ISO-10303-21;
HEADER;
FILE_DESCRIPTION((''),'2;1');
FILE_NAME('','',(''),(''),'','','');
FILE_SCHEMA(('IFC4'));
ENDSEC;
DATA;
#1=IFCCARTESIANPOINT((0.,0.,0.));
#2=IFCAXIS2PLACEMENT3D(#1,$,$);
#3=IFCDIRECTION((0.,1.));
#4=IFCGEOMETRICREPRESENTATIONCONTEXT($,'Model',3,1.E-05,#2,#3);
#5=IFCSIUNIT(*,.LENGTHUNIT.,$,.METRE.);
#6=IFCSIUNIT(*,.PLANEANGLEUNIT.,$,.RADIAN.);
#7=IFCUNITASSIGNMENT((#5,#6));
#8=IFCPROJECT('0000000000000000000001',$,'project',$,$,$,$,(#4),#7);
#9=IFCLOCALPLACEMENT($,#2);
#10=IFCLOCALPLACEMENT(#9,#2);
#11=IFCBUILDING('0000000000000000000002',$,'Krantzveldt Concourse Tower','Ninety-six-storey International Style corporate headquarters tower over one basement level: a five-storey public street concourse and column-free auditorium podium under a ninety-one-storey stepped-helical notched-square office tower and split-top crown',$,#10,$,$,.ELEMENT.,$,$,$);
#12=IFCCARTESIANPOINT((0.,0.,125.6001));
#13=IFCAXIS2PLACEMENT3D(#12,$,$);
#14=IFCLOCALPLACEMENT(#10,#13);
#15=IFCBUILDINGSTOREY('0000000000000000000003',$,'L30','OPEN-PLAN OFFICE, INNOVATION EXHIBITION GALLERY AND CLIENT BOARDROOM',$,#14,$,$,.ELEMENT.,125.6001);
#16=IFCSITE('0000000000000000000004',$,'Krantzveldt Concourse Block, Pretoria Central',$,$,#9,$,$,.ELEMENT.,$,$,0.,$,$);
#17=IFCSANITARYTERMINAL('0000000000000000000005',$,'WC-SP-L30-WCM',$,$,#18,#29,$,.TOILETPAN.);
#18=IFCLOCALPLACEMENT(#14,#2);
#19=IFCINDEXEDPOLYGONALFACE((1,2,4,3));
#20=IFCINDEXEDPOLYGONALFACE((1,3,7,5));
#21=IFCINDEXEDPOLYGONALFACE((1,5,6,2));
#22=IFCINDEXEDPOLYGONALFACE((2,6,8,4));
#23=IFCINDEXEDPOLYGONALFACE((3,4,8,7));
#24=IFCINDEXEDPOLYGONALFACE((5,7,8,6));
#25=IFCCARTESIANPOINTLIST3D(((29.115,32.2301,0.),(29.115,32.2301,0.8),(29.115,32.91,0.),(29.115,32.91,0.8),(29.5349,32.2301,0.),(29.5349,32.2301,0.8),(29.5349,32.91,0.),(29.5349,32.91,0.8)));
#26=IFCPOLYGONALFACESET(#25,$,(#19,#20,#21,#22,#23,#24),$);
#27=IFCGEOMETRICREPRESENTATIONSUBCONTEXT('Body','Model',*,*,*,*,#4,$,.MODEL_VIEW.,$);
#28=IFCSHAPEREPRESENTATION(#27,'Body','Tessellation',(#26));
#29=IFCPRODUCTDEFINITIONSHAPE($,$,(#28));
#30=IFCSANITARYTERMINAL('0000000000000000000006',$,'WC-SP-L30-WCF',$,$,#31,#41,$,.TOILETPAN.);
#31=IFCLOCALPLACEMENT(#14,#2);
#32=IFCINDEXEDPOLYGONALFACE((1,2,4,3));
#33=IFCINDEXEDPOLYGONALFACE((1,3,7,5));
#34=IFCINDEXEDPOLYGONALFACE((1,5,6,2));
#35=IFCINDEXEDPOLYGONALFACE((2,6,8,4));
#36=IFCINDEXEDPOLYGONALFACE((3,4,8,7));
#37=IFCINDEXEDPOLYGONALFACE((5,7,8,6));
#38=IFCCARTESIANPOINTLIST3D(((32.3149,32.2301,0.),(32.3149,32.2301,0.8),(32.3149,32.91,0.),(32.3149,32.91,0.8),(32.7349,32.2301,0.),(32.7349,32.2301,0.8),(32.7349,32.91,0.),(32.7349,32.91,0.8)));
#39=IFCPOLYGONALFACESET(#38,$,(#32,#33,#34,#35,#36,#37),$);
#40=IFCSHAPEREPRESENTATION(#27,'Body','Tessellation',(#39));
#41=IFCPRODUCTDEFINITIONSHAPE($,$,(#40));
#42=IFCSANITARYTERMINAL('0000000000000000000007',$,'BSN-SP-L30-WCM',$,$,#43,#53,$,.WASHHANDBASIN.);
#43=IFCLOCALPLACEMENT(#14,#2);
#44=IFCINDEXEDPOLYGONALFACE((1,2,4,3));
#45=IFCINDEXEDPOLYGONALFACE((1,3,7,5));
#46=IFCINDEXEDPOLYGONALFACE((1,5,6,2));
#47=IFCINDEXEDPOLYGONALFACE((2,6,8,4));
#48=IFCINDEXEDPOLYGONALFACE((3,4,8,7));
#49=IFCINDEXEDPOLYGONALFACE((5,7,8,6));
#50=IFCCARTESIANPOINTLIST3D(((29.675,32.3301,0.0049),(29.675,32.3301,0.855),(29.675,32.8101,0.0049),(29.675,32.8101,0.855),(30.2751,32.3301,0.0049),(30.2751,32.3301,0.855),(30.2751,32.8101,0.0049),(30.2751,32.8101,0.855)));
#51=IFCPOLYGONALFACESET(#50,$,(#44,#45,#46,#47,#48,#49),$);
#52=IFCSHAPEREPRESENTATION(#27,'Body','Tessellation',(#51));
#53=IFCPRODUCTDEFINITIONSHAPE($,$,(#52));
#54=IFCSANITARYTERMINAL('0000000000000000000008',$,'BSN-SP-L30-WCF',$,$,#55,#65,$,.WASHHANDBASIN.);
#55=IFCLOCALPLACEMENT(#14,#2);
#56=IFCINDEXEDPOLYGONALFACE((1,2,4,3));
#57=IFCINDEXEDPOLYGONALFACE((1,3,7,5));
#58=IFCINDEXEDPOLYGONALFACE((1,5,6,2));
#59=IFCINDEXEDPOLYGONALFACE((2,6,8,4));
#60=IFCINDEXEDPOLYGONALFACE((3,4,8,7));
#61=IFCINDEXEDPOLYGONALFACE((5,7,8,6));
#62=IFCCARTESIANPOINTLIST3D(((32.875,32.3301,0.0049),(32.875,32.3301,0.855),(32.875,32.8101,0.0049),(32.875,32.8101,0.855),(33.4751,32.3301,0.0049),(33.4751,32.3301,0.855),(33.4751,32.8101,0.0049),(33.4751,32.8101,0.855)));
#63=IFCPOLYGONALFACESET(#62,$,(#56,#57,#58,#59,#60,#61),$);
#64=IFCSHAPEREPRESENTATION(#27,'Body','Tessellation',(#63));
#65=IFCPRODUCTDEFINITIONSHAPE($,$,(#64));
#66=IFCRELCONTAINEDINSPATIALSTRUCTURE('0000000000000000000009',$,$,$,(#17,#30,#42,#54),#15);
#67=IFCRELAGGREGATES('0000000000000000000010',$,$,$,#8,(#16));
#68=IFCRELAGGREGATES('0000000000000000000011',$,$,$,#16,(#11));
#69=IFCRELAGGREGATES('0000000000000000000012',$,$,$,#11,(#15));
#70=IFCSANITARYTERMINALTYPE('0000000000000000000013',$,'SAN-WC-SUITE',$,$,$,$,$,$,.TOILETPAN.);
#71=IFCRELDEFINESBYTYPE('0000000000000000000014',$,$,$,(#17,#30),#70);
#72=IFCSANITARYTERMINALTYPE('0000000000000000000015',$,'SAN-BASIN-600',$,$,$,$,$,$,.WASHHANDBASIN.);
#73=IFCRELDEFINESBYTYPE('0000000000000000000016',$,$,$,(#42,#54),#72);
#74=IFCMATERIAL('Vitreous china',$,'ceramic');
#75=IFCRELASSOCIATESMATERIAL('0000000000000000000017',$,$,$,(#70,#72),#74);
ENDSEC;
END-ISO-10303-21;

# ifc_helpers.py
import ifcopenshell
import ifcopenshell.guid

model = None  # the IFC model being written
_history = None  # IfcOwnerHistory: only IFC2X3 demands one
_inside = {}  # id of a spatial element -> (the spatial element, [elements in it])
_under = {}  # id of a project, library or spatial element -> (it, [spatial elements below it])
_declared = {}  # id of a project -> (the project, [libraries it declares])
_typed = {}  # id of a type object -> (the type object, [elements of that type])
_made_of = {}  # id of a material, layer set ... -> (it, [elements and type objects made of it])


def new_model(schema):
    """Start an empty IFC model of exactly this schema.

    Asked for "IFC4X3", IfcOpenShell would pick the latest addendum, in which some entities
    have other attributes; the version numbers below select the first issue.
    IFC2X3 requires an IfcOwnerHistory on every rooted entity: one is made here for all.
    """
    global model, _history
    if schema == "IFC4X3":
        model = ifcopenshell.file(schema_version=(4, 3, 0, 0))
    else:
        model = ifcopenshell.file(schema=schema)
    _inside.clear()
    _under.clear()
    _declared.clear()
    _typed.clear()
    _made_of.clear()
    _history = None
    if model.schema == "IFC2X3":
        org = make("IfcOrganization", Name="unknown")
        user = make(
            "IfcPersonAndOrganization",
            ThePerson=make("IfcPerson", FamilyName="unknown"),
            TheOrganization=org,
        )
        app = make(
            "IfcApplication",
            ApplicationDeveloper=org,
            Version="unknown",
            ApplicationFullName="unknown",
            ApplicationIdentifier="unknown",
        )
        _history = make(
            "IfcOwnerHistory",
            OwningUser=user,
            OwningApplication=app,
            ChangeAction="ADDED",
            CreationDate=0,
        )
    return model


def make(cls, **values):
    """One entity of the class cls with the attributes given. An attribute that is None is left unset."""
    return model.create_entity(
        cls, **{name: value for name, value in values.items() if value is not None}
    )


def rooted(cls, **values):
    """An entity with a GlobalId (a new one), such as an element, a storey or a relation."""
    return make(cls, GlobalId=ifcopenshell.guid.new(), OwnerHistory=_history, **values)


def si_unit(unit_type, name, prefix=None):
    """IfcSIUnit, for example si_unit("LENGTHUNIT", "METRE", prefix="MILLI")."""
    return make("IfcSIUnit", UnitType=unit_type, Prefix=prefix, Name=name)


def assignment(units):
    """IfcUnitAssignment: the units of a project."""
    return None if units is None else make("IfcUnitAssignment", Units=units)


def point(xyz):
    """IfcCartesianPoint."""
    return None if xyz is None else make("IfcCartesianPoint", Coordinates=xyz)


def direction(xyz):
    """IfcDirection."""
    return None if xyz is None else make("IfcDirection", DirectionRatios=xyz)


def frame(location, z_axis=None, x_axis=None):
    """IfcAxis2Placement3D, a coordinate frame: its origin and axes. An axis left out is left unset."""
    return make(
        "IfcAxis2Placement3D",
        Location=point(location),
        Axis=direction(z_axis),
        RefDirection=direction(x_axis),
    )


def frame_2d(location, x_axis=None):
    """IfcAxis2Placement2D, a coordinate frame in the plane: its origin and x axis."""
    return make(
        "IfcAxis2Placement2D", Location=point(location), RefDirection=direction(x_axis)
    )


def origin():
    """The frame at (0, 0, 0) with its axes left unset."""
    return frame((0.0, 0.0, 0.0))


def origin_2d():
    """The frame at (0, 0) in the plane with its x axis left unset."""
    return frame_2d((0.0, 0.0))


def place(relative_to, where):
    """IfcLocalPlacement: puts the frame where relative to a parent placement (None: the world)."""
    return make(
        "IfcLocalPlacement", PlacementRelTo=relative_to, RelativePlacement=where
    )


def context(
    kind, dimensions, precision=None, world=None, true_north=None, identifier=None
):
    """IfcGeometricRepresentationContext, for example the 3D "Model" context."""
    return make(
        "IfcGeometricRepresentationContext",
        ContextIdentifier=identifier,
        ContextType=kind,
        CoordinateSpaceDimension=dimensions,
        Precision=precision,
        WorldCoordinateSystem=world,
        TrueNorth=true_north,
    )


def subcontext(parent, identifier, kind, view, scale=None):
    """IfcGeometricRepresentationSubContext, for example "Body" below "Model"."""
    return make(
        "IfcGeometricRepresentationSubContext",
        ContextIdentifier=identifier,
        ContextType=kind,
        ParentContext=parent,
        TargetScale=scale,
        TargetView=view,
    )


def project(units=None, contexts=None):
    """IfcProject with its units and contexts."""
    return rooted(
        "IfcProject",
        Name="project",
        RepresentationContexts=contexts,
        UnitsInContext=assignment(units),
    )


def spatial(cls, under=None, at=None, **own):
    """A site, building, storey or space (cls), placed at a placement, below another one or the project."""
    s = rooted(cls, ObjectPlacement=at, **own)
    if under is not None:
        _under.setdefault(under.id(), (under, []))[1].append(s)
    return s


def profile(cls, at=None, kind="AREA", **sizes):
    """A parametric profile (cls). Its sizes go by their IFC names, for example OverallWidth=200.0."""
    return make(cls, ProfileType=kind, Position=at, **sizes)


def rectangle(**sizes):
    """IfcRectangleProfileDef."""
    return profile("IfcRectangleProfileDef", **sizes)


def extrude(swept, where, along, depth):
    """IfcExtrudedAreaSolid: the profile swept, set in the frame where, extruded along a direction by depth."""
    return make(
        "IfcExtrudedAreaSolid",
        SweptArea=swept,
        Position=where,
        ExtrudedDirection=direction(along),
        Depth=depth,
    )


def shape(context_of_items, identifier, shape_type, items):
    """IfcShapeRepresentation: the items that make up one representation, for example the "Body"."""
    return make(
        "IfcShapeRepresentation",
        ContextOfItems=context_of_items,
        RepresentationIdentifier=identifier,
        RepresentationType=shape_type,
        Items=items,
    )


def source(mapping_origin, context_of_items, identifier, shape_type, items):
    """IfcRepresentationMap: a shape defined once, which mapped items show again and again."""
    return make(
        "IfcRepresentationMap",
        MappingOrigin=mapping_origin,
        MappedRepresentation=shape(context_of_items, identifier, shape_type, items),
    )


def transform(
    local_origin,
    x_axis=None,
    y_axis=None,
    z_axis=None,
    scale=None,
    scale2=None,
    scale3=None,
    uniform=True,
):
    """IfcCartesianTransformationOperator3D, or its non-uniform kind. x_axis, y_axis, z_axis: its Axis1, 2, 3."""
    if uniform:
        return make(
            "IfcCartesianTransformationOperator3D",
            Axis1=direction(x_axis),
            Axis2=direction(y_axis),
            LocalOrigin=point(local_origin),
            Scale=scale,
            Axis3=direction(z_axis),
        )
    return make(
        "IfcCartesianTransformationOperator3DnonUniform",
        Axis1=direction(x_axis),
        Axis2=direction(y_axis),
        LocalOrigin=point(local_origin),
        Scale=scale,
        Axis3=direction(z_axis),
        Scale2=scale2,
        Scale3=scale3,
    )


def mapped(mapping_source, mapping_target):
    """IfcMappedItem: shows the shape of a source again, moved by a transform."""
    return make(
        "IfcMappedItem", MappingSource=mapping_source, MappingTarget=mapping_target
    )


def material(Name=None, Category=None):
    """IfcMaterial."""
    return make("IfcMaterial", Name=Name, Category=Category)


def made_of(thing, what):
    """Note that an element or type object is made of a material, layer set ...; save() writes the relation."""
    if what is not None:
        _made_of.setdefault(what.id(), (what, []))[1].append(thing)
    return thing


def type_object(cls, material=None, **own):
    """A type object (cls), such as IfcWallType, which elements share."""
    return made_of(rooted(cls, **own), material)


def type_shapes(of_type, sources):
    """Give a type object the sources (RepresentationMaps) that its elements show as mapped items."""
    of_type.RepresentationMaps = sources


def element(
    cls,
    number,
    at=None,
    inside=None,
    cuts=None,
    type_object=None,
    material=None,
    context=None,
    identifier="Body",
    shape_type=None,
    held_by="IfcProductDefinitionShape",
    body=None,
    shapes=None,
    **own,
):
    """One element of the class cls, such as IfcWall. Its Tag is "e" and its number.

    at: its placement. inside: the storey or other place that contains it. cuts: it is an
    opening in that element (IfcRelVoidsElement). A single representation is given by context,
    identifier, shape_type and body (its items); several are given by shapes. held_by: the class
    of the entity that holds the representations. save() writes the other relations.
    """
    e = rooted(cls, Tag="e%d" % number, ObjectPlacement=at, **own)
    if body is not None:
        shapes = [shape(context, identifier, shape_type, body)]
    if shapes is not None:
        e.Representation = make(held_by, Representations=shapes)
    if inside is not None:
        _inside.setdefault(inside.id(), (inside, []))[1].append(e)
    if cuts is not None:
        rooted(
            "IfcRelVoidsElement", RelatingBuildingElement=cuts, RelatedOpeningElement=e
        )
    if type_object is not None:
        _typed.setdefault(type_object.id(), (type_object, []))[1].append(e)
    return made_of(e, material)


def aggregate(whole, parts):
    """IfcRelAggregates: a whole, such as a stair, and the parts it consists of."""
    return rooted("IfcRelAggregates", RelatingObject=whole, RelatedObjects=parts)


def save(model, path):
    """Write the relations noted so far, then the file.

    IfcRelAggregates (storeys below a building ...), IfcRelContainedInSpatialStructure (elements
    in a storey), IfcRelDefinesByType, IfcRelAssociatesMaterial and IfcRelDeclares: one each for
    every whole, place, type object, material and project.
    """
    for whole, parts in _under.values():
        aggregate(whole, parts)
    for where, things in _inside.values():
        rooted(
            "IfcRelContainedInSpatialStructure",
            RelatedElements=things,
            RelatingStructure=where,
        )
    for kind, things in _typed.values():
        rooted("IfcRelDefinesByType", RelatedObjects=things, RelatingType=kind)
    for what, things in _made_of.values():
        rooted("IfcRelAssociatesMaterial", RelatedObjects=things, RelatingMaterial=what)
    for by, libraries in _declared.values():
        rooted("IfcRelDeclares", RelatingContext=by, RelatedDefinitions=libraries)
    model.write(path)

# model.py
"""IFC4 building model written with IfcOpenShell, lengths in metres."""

from ifc_helpers import new_model, si_unit, direction, frame, origin, origin_2d, place, context, subcontext, project, spatial, rectangle, extrude, source, transform, mapped, material, type_object, type_shapes, element, save


model = new_model("IFC4")

# Units and contexts
model_context = context("Model", 3, precision=1e-05, world=origin(), true_north=direction((0.0, 1.0)))
body_context = subcontext(model_context, "Body", "Model", "MODEL_VIEW")
ifc_project = project(units=[si_unit("LENGTHUNIT", "METRE"), si_unit("PLANEANGLEUNIT", "RADIAN")], contexts=[model_context])

# Site, building, storey
site_placement = place(None, origin())
site = spatial("IfcSite", under=ifc_project, at=site_placement, Name="Krantzveldt Concourse Block, Pretoria Central", CompositionType="ELEMENT", RefElevation=0.0)
building_placement = place(site_placement, origin())
building = spatial("IfcBuilding", under=site, at=building_placement, Name="Krantzveldt Concourse Tower", Description="Ninety-six-storey International Style corporate headquarters tower over one basement level: a five-storey public street concourse and column-free auditorium podium under a ninety-one-storey stepped-helical notched-square office tower and split-top crown", CompositionType="ELEMENT")
storey_placement = place(building_placement, frame((0.0, 0.0, 125.6001)))
storey = spatial("IfcBuildingStorey", under=building, at=storey_placement, Name="L30", Description="OPEN-PLAN OFFICE, INNOVATION EXHIBITION GALLERY AND CLIENT BOARDROOM", CompositionType="ELEMENT", Elevation=125.6001)

# Sanitary terminals
ifc_material_1 = material(Name="Vitreous china", Category="ceramic")
sanitary_terminal_type_1 = type_object("IfcSanitaryTerminalType", Name="SAN-WC-SUITE", PredefinedType="TOILETPAN", material=ifc_material_1)
shared_shape_1 = source(origin(), body_context, "Body", "SweptSolid", [
    extrude(rectangle(XDim=0.4199, YDim=0.6799, at=origin_2d()), origin(), (0.0, 0.0, 1.0), 0.8),
])
type_shapes(sanitary_terminal_type_1, [shared_shape_1])
for number, where, z_axis, x_axis, name in (
    (1, (29.325, 32.5701, 0.0), (0.0, 0.0, 1.0), (1.0, 0.0, 0.0), "WC-SP-L30-WCM"),
    (2, (32.5249, 32.5701, 0.0), (0.0, 0.0, 1.0), (1.0, 0.0, 0.0), "WC-SP-L30-WCF"),
):
    element("IfcSanitaryTerminal", number, at=place(storey_placement, frame(where, z_axis=z_axis, x_axis=x_axis)), inside=storey, type_object=sanitary_terminal_type_1, Name=name, PredefinedType="TOILETPAN", context=body_context, shape_type="MappedRepresentation", body=[
        mapped(shared_shape_1, transform((0.0, 0.0, 0.0), x_axis=(1.0, 0.0, 0.0), y_axis=(0.0, 1.0, 0.0), z_axis=(0.0, 0.0, 1.0), scale=1.0)),
    ])
sanitary_terminal_type_2 = type_object("IfcSanitaryTerminalType", Name="SAN-BASIN-600", PredefinedType="WASHHANDBASIN", material=ifc_material_1)
shared_shape_2 = source(origin(), body_context, "Body", "SweptSolid", [
    extrude(rectangle(XDim=0.6001, YDim=0.48, at=origin_2d()), origin(), (0.0, 0.0, 1.0), 0.8501),
])
type_shapes(sanitary_terminal_type_2, [shared_shape_2])
for number, where, z_axis, x_axis, name in (
    (3, (29.9751, 32.5701, 0.0049), (0.0, 0.0, 1.0), (1.0, 0.0, 0.0), "BSN-SP-L30-WCM"),
    (4, (33.175, 32.5701, 0.0049), (0.0, 0.0, 1.0), (1.0, 0.0, 0.0), "BSN-SP-L30-WCF"),
):
    element("IfcSanitaryTerminal", number, at=place(storey_placement, frame(where, z_axis=z_axis, x_axis=x_axis)), inside=storey, type_object=sanitary_terminal_type_2, Name=name, PredefinedType="WASHHANDBASIN", context=body_context, shape_type="MappedRepresentation", body=[
        mapped(shared_shape_2, transform((0.0, 0.0, 0.0), x_axis=(1.0, 0.0, 0.0), y_axis=(0.0, 1.0, 0.0), z_axis=(0.0, 0.0, 1.0), scale=1.0)),
    ])

save(model, "model.ifc")
